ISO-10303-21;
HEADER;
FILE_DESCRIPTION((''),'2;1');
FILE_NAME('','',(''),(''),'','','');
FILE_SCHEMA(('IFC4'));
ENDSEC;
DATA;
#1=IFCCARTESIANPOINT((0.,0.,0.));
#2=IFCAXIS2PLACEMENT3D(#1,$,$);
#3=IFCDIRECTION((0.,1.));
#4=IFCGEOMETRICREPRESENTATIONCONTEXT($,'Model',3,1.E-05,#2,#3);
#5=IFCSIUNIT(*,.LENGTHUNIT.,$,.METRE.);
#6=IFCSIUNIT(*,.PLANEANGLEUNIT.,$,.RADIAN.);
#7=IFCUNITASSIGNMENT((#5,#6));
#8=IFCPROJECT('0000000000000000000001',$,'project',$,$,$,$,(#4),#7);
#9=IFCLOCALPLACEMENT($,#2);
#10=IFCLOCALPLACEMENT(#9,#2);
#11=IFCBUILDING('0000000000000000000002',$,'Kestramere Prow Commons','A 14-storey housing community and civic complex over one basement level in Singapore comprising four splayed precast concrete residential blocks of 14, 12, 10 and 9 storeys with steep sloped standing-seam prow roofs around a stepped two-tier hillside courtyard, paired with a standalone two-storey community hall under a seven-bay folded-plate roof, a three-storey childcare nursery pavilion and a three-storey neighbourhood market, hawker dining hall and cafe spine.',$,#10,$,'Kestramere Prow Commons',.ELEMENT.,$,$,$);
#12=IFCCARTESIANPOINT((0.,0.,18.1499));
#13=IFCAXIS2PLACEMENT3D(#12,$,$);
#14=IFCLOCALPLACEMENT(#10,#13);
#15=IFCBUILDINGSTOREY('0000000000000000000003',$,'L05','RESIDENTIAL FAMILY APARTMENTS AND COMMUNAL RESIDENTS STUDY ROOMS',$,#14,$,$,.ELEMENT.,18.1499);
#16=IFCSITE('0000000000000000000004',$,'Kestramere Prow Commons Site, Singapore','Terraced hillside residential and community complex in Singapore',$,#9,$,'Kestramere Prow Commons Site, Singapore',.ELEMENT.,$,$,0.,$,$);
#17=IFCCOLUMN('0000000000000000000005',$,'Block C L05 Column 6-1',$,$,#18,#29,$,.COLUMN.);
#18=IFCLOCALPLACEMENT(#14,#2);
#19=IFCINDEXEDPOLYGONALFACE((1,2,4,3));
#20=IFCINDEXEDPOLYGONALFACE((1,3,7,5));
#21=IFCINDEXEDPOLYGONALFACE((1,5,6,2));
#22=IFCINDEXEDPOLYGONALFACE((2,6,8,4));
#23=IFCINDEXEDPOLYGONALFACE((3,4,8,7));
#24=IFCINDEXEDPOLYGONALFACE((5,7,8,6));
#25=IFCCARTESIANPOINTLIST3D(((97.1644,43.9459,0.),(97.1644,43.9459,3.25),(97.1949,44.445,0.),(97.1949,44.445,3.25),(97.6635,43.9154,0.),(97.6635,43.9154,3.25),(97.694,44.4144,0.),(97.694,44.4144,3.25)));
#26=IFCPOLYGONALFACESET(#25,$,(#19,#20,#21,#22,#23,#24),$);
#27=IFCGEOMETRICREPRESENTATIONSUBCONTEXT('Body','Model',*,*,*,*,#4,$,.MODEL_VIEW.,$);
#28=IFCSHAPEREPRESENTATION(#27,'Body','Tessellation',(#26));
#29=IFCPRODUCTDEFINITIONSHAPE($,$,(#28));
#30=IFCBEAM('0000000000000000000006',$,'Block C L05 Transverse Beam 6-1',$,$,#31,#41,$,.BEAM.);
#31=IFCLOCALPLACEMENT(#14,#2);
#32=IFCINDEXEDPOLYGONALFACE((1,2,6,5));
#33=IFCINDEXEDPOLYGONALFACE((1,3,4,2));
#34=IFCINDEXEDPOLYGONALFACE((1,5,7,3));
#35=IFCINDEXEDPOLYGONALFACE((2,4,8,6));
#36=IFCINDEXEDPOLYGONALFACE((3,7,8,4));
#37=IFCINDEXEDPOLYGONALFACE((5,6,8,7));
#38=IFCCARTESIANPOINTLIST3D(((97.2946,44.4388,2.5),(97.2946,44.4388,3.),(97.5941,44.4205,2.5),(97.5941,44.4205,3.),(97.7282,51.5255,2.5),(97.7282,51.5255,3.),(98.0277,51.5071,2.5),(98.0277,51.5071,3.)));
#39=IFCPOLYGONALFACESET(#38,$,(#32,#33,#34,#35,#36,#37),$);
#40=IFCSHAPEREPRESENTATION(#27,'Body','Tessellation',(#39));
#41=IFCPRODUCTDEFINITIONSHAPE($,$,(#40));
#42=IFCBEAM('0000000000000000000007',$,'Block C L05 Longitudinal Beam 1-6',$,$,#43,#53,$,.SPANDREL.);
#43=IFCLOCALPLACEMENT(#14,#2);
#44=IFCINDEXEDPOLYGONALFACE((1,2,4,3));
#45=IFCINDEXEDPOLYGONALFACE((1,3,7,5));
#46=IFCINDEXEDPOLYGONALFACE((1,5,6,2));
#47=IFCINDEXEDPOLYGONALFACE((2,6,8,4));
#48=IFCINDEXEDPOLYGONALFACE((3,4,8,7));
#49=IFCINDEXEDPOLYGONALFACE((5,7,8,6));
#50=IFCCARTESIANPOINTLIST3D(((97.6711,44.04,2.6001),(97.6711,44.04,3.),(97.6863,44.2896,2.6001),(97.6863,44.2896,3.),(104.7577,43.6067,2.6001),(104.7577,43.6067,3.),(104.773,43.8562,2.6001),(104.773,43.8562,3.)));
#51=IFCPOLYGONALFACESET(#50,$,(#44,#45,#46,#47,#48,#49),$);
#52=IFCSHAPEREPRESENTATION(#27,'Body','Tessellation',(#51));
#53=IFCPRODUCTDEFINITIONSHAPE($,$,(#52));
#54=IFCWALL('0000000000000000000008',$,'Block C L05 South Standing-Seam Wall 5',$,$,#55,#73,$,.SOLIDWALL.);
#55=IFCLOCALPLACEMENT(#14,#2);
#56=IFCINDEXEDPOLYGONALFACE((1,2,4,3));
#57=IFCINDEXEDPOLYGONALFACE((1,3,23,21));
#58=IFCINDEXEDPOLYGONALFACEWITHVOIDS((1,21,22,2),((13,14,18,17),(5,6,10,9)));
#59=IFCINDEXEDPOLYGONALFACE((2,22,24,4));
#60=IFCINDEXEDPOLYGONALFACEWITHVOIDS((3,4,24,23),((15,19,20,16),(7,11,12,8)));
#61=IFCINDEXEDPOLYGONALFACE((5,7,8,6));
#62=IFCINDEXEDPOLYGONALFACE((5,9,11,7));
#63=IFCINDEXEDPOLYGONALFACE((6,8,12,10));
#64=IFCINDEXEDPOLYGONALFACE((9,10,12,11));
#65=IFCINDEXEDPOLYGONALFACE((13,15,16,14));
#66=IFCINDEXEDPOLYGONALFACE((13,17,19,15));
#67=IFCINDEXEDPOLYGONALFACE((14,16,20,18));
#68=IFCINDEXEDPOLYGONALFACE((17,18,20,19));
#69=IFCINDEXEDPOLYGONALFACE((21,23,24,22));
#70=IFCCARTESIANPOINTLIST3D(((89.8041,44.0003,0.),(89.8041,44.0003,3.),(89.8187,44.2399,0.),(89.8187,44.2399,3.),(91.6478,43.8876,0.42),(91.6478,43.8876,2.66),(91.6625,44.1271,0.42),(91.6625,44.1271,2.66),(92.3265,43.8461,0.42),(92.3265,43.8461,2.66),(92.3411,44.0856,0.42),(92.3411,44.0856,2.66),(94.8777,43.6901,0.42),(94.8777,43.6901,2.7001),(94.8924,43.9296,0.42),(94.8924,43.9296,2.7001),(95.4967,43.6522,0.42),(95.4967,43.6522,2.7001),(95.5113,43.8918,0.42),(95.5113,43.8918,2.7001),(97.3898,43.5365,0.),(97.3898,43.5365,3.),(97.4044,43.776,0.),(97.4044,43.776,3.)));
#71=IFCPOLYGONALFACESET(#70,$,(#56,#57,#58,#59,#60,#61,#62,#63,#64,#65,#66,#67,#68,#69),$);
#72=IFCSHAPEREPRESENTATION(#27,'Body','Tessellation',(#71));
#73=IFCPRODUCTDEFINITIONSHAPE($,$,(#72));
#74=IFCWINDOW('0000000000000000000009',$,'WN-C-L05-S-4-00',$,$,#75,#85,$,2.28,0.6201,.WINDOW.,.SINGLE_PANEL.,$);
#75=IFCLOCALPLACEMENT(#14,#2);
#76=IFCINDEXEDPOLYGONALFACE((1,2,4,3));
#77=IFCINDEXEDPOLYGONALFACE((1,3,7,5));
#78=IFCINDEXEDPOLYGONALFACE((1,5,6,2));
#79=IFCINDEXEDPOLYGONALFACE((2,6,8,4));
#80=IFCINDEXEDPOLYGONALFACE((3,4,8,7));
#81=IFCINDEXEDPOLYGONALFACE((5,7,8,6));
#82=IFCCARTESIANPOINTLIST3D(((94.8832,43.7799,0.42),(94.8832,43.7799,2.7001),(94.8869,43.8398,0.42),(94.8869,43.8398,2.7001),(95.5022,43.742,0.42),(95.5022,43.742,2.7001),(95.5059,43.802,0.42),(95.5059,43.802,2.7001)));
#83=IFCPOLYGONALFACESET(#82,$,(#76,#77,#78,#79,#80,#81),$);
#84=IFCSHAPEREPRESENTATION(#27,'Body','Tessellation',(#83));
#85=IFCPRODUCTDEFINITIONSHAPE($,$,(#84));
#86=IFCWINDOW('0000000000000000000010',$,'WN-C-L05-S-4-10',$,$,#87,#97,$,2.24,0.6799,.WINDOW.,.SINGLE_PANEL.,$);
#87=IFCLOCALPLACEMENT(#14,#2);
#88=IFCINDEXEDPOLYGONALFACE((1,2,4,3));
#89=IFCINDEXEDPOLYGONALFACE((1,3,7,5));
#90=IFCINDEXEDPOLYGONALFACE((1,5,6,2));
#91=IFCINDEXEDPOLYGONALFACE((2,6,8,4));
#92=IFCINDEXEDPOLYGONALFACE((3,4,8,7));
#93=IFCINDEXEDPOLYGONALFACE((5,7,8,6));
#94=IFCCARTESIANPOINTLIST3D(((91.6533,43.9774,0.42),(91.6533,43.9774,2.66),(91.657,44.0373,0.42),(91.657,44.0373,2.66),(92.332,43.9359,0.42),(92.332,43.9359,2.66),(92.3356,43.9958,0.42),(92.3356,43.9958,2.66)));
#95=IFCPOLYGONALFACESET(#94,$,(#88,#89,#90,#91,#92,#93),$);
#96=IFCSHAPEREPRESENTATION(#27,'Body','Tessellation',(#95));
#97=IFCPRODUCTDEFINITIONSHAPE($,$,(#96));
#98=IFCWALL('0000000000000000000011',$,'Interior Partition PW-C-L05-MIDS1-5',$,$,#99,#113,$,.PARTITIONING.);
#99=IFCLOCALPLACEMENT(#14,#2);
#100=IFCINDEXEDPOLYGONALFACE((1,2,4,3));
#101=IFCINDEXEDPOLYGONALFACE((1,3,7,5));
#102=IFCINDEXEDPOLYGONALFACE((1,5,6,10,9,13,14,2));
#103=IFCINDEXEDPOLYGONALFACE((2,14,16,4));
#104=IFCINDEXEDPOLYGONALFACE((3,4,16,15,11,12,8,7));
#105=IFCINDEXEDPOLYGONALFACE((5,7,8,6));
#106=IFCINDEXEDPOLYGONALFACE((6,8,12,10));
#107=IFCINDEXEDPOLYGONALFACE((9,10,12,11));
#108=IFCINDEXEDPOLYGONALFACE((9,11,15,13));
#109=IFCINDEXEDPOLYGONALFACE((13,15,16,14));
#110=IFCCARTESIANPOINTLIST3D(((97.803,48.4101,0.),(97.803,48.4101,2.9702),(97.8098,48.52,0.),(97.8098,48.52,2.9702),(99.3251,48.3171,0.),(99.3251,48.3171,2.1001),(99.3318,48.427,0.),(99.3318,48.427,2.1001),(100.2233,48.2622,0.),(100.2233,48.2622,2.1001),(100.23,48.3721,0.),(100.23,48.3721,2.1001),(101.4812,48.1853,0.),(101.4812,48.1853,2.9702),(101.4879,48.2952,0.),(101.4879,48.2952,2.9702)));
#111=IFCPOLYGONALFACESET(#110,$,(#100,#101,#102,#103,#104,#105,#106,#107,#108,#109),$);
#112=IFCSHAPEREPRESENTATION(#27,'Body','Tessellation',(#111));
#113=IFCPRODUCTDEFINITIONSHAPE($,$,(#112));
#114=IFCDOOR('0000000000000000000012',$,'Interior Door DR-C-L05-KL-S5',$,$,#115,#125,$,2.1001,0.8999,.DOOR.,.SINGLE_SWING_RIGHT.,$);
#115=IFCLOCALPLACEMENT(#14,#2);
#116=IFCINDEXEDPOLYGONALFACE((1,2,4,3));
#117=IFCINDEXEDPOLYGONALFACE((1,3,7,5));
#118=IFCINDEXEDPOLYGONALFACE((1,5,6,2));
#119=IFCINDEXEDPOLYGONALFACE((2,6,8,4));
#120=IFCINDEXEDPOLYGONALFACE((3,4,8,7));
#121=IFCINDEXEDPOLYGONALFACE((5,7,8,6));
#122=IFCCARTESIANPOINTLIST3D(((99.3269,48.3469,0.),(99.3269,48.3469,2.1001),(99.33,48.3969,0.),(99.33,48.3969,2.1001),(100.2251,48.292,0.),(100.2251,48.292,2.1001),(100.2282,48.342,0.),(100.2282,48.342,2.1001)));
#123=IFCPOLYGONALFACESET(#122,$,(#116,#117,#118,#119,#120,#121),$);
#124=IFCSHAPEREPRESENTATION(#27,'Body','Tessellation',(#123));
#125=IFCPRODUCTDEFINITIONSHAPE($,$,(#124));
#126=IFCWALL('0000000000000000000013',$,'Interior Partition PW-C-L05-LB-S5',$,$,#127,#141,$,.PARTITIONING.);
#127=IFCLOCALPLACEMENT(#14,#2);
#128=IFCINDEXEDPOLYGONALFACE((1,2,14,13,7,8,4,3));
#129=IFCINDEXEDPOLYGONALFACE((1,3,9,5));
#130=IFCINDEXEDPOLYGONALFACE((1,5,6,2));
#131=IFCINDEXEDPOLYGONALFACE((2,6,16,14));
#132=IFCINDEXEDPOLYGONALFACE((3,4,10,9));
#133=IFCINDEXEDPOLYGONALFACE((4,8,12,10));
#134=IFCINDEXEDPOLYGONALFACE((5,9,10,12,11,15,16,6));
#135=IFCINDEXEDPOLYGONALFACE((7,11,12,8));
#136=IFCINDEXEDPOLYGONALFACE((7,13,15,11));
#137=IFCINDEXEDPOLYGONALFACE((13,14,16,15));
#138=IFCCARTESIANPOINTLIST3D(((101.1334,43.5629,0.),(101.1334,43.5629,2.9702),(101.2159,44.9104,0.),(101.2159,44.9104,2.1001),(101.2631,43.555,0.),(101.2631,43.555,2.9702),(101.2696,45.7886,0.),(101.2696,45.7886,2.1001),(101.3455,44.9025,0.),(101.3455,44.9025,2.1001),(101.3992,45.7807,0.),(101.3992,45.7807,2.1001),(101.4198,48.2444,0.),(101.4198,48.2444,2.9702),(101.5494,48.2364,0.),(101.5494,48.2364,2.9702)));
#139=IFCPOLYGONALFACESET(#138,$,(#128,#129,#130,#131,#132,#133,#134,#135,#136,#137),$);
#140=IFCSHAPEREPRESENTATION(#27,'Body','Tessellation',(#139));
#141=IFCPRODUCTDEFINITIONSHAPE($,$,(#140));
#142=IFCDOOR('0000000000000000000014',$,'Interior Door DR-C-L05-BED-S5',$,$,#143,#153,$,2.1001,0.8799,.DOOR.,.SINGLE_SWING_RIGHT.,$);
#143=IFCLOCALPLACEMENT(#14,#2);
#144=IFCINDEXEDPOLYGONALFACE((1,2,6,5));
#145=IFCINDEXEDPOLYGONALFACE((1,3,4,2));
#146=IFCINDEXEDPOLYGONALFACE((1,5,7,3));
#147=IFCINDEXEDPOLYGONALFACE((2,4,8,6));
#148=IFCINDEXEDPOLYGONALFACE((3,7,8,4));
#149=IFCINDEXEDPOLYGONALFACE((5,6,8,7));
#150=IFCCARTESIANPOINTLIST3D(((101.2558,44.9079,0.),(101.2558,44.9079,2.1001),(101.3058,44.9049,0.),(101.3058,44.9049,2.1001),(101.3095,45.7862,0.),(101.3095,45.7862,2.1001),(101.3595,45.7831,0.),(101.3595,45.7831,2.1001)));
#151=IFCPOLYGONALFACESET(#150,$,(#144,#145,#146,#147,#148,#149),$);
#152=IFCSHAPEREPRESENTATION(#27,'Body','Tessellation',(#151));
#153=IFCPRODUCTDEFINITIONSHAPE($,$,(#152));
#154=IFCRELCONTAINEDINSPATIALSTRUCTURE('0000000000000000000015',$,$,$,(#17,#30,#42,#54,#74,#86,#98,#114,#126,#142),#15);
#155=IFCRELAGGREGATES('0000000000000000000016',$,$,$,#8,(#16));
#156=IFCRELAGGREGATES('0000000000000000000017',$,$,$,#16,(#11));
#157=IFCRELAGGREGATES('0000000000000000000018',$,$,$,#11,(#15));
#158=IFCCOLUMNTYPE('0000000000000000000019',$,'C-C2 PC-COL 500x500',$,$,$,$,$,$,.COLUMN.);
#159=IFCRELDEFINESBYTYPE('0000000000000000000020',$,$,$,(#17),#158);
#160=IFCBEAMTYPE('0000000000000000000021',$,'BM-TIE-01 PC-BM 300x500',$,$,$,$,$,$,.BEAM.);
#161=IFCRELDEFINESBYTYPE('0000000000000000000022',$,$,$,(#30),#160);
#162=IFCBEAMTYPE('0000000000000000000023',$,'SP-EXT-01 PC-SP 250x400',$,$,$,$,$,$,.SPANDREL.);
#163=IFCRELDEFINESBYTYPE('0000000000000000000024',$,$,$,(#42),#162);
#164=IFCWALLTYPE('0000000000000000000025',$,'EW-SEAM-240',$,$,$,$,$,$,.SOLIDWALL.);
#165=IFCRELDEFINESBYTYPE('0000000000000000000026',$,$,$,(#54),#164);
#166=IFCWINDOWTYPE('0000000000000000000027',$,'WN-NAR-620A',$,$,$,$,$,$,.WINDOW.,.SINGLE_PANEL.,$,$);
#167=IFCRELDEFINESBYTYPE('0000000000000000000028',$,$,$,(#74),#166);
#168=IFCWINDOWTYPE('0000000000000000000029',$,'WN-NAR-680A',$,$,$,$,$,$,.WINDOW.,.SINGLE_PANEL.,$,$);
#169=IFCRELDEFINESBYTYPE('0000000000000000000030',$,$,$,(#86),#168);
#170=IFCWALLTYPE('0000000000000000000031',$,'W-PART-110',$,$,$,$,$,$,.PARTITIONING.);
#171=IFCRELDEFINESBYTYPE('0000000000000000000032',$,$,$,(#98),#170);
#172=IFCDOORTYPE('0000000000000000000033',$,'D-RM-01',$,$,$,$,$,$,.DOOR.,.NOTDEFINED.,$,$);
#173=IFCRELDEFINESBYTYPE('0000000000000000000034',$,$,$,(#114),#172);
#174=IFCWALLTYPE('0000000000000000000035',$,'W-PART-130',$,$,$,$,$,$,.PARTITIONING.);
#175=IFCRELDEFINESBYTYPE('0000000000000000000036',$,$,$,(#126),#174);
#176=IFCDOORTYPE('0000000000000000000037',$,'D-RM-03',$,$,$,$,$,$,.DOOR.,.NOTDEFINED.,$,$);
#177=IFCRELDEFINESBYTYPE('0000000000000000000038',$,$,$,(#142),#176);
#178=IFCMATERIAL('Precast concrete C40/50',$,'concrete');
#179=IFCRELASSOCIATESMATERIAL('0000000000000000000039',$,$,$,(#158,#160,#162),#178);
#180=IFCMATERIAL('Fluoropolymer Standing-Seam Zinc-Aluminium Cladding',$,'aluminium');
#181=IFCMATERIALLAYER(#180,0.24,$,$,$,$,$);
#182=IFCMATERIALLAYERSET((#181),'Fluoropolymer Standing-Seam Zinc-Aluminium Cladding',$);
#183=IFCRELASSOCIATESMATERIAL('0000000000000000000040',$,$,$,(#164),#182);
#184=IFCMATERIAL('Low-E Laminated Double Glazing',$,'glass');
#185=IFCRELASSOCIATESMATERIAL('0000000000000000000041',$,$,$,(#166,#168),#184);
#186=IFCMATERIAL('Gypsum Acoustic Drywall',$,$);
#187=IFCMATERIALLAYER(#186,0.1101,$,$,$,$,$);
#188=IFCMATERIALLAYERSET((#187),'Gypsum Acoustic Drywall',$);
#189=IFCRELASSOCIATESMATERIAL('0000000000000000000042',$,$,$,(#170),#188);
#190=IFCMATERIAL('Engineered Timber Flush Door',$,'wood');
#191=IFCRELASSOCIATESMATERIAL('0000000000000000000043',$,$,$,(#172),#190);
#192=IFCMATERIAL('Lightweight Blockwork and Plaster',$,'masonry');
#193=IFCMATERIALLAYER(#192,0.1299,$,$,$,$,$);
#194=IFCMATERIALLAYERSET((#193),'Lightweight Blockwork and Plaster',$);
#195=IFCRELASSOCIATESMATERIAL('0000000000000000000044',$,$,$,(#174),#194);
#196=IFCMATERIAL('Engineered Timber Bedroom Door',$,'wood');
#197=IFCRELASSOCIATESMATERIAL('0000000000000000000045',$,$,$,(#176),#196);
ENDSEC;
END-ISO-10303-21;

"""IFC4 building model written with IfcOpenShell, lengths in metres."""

from ifc_helpers import new_model, si_unit, direction, frame, frame_2d, origin, origin_2d, place, context, subcontext, project, spatial, rectangle, extrude, material, layer, layer_set, material_profile, profile_set, type_object, element, fill, save


model = new_model("IFC4")

# Units and contexts
model_context = context("Model", 3, precision=1e-05, world=origin(), true_north=direction((0.0, 1.0)))
body_context = subcontext(model_context, "Body", "Model", "MODEL_VIEW")
ifc_project = project(units=[si_unit("LENGTHUNIT", "METRE"), si_unit("PLANEANGLEUNIT", "RADIAN")], contexts=[model_context])

# Site, building, storey
site_placement = place(None, origin())
site = spatial("IfcSite", under=ifc_project, at=site_placement, Name="Kestramere Prow Commons Site, Singapore", Description="Terraced hillside residential and community complex in Singapore", LongName="Kestramere Prow Commons Site, Singapore", CompositionType="ELEMENT", RefElevation=0.0)
building_placement = place(site_placement, origin())
building = spatial("IfcBuilding", under=site, at=building_placement, Name="Kestramere Prow Commons", Description="A 14-storey housing community and civic complex over one basement level in Singapore comprising four splayed precast concrete residential blocks of 14, 12, 10 and 9 storeys with steep sloped standing-seam prow roofs around a stepped two-tier hillside courtyard, paired with a standalone two-storey community hall under a seven-bay folded-plate roof, a three-storey childcare nursery pavilion and a three-storey neighbourhood market, hawker dining hall and cafe spine.", LongName="Kestramere Prow Commons", CompositionType="ELEMENT")
storey_placement = place(building_placement, frame((0.0, 0.0, 18.1499)))
storey = spatial("IfcBuildingStorey", under=building, at=storey_placement, Name="L05", Description="RESIDENTIAL FAMILY APARTMENTS AND COMMUNAL RESIDENTS STUDY ROOMS", CompositionType="ELEMENT", Elevation=18.1499)

# Column
ifc_material_1 = material(Name="Precast concrete C40/50", Category="concrete")
ifc_material_profile_1 = material_profile(ifc_material_1, rectangle(XDim=0.5, YDim=0.5, at=origin_2d()), Name="PC-COL 500x500")
ifc_profile_set_1 = profile_set([ifc_material_profile_1], Name="Precast concrete C40/50")
column_type = type_object("IfcColumnType", Name="C-C2 PC-COL 500x500", PredefinedType="COLUMN", material=ifc_profile_set_1)
column_placement = place(storey_placement, frame((97.4292, 44.1802, 0.0), z_axis=(0.0, 0.0, 1.0), x_axis=(0.998135, -0.061049, 0.0)))
element("IfcColumn", 1, at=column_placement, inside=storey, type_object=column_type, Name="Block C L05 Column 6-1", PredefinedType="COLUMN", context=body_context, shape_type="SweptSolid", body=[
    extrude(rectangle(XDim=0.5, YDim=0.5, at=origin_2d()), origin(), (0.0, 0.0, 1.0), 3.25),
])

# Beams
ifc_material_profile_2 = material_profile(ifc_material_1, rectangle(XDim=0.3, YDim=0.5, at=origin_2d()), Name="PC-BM 300x500")
ifc_profile_set_2 = profile_set([ifc_material_profile_2], Name="Precast concrete C40/50")
beam_type_1 = type_object("IfcBeamType", Name="BM-TIE-01 PC-BM 300x500", PredefinedType="BEAM", material=ifc_profile_set_2)
beam_1_placement = place(storey_placement, frame((97.4443, 44.4297, 2.75), z_axis=(0.06107, 0.998133, 0.0), x_axis=(-0.998133, 0.06107, 0.0)))
element("IfcBeam", 2, at=beam_1_placement, inside=storey, type_object=beam_type_1, Name="Block C L05 Transverse Beam 6-1", PredefinedType="BEAM", context=body_context, shape_type="SweptSolid", body=[
    extrude(rectangle(XDim=0.3, YDim=0.5, at=origin_2d()), origin(), (0.0, 0.0, 1.0), 7.0999),
])
ifc_material_profile_3 = material_profile(ifc_material_1, rectangle(XDim=0.25, YDim=0.3999, at=origin_2d()), Name="PC-SP 250x400")
ifc_profile_set_3 = profile_set([ifc_material_profile_3], Name="Precast concrete C40/50")
beam_type_2 = type_object("IfcBeamType", Name="SP-EXT-01 PC-SP 250x400", PredefinedType="SPANDREL", material=ifc_profile_set_3)
beam_2_placement = place(storey_placement, frame((97.6787, 44.1648, 2.8), z_axis=(0.998136, -0.061036, 0.0), x_axis=(0.061036, 0.998136, 0.0)))
element("IfcBeam", 3, at=beam_2_placement, inside=storey, type_object=beam_type_2, Name="Block C L05 Longitudinal Beam 1-6", PredefinedType="SPANDREL", context=body_context, shape_type="SweptSolid", body=[
    extrude(rectangle(XDim=0.25, YDim=0.3999, at=origin_2d()), origin(), (0.0, 0.0, 1.0), 7.0999),
])

# Wall, openings, windows
ifc_material_2 = material(Name="Fluoropolymer Standing-Seam Zinc-Aluminium Cladding", Category="aluminium")
ifc_layer_1 = layer(ifc_material_2, 0.24)
ifc_layer_set_1 = layer_set([ifc_layer_1], Name="Fluoropolymer Standing-Seam Zinc-Aluminium Cladding")
wall_type_1 = type_object("IfcWallType", Name="EW-SEAM-240", PredefinedType="SOLIDWALL", material=ifc_layer_set_1)
wall_1_placement = place(storey_placement, frame((97.397, 43.6562, 0.0), z_axis=(0.0, 0.0, 1.0), x_axis=(-0.998136, 0.061036, 0.0)))
wall_1 = element("IfcWall", 4, at=wall_1_placement, inside=storey, type_object=wall_type_1, Name="Block C L05 South Standing-Seam Wall 5", PredefinedType="SOLIDWALL", context=body_context, shape_type="SweptSolid", body=[
    extrude(rectangle(XDim=7.5999, YDim=0.24, at=frame_2d((3.7998, 0.0))), origin(), (0.0, 0.0, 1.0), 3.0),
])
opening_1_placement = place(wall_1_placement, frame((1.8965, 0.0, 0.4199)))
opening_1 = element("IfcOpeningElement", 5, at=opening_1_placement, cuts=wall_1, PredefinedType="OPENING", context=body_context, shape_type="SweptSolid", body=[
    extrude(rectangle(XDim=0.6201, YDim=2.28, at=frame_2d((0.3101, 1.1401))), frame((0.0, 0.135, 0.0), z_axis=(0.0, -1.0, 0.0), x_axis=(1.0, 0.0, 0.0)), (0.0, 0.0, 1.0), 0.27),
])
opening_2_placement = place(wall_1_placement, frame((5.0728, 0.0, 0.4199)))
opening_2 = element("IfcOpeningElement", 6, at=opening_2_placement, cuts=wall_1, PredefinedType="OPENING", context=body_context, shape_type="SweptSolid", body=[
    extrude(rectangle(XDim=0.6799, YDim=2.24, at=frame_2d((0.3398, 1.1201))), frame((0.0, 0.135, 0.0), z_axis=(0.0, -1.0, 0.0), x_axis=(1.0, 0.0, 0.0)), (0.0, 0.0, 1.0), 0.27),
])
ifc_material_3 = material(Name="Low-E Laminated Double Glazing", Category="glass")
window_type_1 = type_object("IfcWindowType", Name="WN-NAR-620A", PartitioningType="SINGLE_PANEL", PredefinedType="WINDOW", material=ifc_material_3)
window_1_placement = place(opening_1_placement, origin())
window_1 = element("IfcWindow", 7, at=window_1_placement, inside=storey, type_object=window_type_1, Name="WN-C-L05-S-4-00", OverallHeight=2.28, OverallWidth=0.6201, PartitioningType="SINGLE_PANEL", PredefinedType="WINDOW", context=body_context, shape_type="SweptSolid", body=[
    extrude(rectangle(XDim=0.6201, YDim=2.28, at=frame_2d((0.3101, 1.1401))), frame((0.0, 0.03, 0.0), z_axis=(0.0, -1.0, 0.0), x_axis=(1.0, 0.0, 0.0)), (0.0, 0.0, 1.0), 0.0601),
])
fill(opening_1, window_1)
window_type_2 = type_object("IfcWindowType", Name="WN-NAR-680A", PartitioningType="SINGLE_PANEL", PredefinedType="WINDOW", material=ifc_material_3)
window_2_placement = place(opening_2_placement, origin())
window_2 = element("IfcWindow", 8, at=window_2_placement, inside=storey, type_object=window_type_2, Name="WN-C-L05-S-4-10", OverallHeight=2.24, OverallWidth=0.6799, PartitioningType="SINGLE_PANEL", PredefinedType="WINDOW", context=body_context, shape_type="SweptSolid", body=[
    extrude(rectangle(XDim=0.6799, YDim=2.24, at=frame_2d((0.3398, 1.1201))), frame((0.0, 0.03, 0.0), z_axis=(0.0, -1.0, 0.0), x_axis=(1.0, 0.0, 0.0)), (0.0, 0.0, 1.0), 0.0601),
])
fill(opening_2, window_2)

# Walls, openings, doors
ifc_material_4 = material(Name="Gypsum Acoustic Drywall")
ifc_layer_2 = layer(ifc_material_4, 0.1101)
ifc_layer_set_2 = layer_set([ifc_layer_2], Name="Gypsum Acoustic Drywall")
wall_type_2 = type_object("IfcWallType", Name="W-PART-110", PredefinedType="PARTITIONING", material=ifc_layer_set_2)
wall_2_placement = place(storey_placement, frame((97.8064, 48.4651, 0.0), z_axis=(0.0, 0.0, 1.0), x_axis=(0.998137, -0.061017, 0.0)))
wall_2 = element("IfcWall", 9, at=wall_2_placement, inside=storey, type_object=wall_type_2, Name="Interior Partition PW-C-L05-MIDS1-5", PredefinedType="PARTITIONING", context=body_context, shape_type="SweptSolid", body=[
    extrude(rectangle(XDim=3.6851, YDim=0.1101, at=frame_2d((1.8425, 0.0))), origin(), (0.0, 0.0, 1.0), 2.9702),
])
opening_3_placement = place(wall_2_placement, frame((1.5249, 0.0, 0.0)))
opening_3 = element("IfcOpeningElement", 10, at=opening_3_placement, cuts=wall_2, PredefinedType="OPENING", context=body_context, shape_type="SweptSolid", body=[
    extrude(rectangle(XDim=0.8999, YDim=2.1001, at=frame_2d((0.45, 1.05))), frame((0.0, 0.0701, 0.0), z_axis=(0.0, -1.0, 0.0), x_axis=(1.0, 0.0, 0.0)), (0.0, 0.0, 1.0), 0.1401),
])
ifc_material_5 = material(Name="Engineered Timber Flush Door", Category="wood")
door_type_1 = type_object("IfcDoorType", Name="D-RM-01", OperationType="NOTDEFINED", PredefinedType="DOOR", material=ifc_material_5)
door_1_placement = place(opening_3_placement, origin())
door_1 = element("IfcDoor", 11, at=door_1_placement, inside=storey, type_object=door_type_1, Name="Interior Door DR-C-L05-KL-S5", OperationType="SINGLE_SWING_RIGHT", OverallHeight=2.1001, OverallWidth=0.8999, PredefinedType="DOOR", context=body_context, shape_type="SweptSolid", body=[
    extrude(rectangle(XDim=0.8999, YDim=2.1001, at=frame_2d((0.45, 1.05))), frame((0.0, 0.0249, 0.0), z_axis=(0.0, -1.0, 0.0), x_axis=(1.0, 0.0, 0.0)), (0.0, 0.0, 1.0), 0.05),
])
fill(opening_3, door_1)
ifc_material_6 = material(Name="Lightweight Blockwork and Plaster", Category="masonry")
ifc_layer_3 = layer(ifc_material_6, 0.1299)
ifc_layer_set_3 = layer_set([ifc_layer_3], Name="Lightweight Blockwork and Plaster")
wall_type_3 = type_object("IfcWallType", Name="W-PART-130", PredefinedType="PARTITIONING", material=ifc_layer_set_3)
wall_3_placement = place(storey_placement, frame((101.1982, 43.5588, 0.0), z_axis=(0.0, 0.0, 1.0), x_axis=(0.061059, 0.998134, 0.0)))
wall_3 = element("IfcWall", 12, at=wall_3_placement, inside=storey, type_object=wall_type_3, Name="Interior Partition PW-C-L05-LB-S5", PredefinedType="PARTITIONING", context=body_context, shape_type="SweptSolid", body=[
    extrude(rectangle(XDim=4.6902, YDim=0.1299, at=frame_2d((2.3452, 0.0))), origin(), (0.0, 0.0, 1.0), 2.9702),
])
opening_4_placement = place(wall_3_placement, frame((1.3501, 0.0, 0.0)))
opening_4 = element("IfcOpeningElement", 13, at=opening_4_placement, cuts=wall_3, PredefinedType="OPENING", context=body_context, shape_type="SweptSolid", body=[
    extrude(rectangle(XDim=0.8799, YDim=2.1001, at=frame_2d((0.4399, 1.05))), frame((0.0, 0.0798, 0.0), z_axis=(0.0, -1.0, 0.0), x_axis=(1.0, 0.0, 0.0)), (0.0, 0.0, 1.0), 0.1599),
])
ifc_material_7 = material(Name="Engineered Timber Bedroom Door", Category="wood")
door_type_2 = type_object("IfcDoorType", Name="D-RM-03", OperationType="NOTDEFINED", PredefinedType="DOOR", material=ifc_material_7)
door_2_placement = place(opening_4_placement, origin())
door_2 = element("IfcDoor", 14, at=door_2_placement, inside=storey, type_object=door_type_2, Name="Interior Door DR-C-L05-BED-S5", OperationType="SINGLE_SWING_RIGHT", OverallHeight=2.1001, OverallWidth=0.8799, PredefinedType="DOOR", context=body_context, shape_type="SweptSolid", body=[
    extrude(rectangle(XDim=0.8799, YDim=2.1001, at=frame_2d((0.4399, 1.05))), frame((0.0, 0.0249, 0.0), z_axis=(0.0, -1.0, 0.0), x_axis=(1.0, 0.0, 0.0)), (0.0, 0.0, 1.0), 0.05),
])
fill(opening_4, door_2)

save(model, "model.ifc")
